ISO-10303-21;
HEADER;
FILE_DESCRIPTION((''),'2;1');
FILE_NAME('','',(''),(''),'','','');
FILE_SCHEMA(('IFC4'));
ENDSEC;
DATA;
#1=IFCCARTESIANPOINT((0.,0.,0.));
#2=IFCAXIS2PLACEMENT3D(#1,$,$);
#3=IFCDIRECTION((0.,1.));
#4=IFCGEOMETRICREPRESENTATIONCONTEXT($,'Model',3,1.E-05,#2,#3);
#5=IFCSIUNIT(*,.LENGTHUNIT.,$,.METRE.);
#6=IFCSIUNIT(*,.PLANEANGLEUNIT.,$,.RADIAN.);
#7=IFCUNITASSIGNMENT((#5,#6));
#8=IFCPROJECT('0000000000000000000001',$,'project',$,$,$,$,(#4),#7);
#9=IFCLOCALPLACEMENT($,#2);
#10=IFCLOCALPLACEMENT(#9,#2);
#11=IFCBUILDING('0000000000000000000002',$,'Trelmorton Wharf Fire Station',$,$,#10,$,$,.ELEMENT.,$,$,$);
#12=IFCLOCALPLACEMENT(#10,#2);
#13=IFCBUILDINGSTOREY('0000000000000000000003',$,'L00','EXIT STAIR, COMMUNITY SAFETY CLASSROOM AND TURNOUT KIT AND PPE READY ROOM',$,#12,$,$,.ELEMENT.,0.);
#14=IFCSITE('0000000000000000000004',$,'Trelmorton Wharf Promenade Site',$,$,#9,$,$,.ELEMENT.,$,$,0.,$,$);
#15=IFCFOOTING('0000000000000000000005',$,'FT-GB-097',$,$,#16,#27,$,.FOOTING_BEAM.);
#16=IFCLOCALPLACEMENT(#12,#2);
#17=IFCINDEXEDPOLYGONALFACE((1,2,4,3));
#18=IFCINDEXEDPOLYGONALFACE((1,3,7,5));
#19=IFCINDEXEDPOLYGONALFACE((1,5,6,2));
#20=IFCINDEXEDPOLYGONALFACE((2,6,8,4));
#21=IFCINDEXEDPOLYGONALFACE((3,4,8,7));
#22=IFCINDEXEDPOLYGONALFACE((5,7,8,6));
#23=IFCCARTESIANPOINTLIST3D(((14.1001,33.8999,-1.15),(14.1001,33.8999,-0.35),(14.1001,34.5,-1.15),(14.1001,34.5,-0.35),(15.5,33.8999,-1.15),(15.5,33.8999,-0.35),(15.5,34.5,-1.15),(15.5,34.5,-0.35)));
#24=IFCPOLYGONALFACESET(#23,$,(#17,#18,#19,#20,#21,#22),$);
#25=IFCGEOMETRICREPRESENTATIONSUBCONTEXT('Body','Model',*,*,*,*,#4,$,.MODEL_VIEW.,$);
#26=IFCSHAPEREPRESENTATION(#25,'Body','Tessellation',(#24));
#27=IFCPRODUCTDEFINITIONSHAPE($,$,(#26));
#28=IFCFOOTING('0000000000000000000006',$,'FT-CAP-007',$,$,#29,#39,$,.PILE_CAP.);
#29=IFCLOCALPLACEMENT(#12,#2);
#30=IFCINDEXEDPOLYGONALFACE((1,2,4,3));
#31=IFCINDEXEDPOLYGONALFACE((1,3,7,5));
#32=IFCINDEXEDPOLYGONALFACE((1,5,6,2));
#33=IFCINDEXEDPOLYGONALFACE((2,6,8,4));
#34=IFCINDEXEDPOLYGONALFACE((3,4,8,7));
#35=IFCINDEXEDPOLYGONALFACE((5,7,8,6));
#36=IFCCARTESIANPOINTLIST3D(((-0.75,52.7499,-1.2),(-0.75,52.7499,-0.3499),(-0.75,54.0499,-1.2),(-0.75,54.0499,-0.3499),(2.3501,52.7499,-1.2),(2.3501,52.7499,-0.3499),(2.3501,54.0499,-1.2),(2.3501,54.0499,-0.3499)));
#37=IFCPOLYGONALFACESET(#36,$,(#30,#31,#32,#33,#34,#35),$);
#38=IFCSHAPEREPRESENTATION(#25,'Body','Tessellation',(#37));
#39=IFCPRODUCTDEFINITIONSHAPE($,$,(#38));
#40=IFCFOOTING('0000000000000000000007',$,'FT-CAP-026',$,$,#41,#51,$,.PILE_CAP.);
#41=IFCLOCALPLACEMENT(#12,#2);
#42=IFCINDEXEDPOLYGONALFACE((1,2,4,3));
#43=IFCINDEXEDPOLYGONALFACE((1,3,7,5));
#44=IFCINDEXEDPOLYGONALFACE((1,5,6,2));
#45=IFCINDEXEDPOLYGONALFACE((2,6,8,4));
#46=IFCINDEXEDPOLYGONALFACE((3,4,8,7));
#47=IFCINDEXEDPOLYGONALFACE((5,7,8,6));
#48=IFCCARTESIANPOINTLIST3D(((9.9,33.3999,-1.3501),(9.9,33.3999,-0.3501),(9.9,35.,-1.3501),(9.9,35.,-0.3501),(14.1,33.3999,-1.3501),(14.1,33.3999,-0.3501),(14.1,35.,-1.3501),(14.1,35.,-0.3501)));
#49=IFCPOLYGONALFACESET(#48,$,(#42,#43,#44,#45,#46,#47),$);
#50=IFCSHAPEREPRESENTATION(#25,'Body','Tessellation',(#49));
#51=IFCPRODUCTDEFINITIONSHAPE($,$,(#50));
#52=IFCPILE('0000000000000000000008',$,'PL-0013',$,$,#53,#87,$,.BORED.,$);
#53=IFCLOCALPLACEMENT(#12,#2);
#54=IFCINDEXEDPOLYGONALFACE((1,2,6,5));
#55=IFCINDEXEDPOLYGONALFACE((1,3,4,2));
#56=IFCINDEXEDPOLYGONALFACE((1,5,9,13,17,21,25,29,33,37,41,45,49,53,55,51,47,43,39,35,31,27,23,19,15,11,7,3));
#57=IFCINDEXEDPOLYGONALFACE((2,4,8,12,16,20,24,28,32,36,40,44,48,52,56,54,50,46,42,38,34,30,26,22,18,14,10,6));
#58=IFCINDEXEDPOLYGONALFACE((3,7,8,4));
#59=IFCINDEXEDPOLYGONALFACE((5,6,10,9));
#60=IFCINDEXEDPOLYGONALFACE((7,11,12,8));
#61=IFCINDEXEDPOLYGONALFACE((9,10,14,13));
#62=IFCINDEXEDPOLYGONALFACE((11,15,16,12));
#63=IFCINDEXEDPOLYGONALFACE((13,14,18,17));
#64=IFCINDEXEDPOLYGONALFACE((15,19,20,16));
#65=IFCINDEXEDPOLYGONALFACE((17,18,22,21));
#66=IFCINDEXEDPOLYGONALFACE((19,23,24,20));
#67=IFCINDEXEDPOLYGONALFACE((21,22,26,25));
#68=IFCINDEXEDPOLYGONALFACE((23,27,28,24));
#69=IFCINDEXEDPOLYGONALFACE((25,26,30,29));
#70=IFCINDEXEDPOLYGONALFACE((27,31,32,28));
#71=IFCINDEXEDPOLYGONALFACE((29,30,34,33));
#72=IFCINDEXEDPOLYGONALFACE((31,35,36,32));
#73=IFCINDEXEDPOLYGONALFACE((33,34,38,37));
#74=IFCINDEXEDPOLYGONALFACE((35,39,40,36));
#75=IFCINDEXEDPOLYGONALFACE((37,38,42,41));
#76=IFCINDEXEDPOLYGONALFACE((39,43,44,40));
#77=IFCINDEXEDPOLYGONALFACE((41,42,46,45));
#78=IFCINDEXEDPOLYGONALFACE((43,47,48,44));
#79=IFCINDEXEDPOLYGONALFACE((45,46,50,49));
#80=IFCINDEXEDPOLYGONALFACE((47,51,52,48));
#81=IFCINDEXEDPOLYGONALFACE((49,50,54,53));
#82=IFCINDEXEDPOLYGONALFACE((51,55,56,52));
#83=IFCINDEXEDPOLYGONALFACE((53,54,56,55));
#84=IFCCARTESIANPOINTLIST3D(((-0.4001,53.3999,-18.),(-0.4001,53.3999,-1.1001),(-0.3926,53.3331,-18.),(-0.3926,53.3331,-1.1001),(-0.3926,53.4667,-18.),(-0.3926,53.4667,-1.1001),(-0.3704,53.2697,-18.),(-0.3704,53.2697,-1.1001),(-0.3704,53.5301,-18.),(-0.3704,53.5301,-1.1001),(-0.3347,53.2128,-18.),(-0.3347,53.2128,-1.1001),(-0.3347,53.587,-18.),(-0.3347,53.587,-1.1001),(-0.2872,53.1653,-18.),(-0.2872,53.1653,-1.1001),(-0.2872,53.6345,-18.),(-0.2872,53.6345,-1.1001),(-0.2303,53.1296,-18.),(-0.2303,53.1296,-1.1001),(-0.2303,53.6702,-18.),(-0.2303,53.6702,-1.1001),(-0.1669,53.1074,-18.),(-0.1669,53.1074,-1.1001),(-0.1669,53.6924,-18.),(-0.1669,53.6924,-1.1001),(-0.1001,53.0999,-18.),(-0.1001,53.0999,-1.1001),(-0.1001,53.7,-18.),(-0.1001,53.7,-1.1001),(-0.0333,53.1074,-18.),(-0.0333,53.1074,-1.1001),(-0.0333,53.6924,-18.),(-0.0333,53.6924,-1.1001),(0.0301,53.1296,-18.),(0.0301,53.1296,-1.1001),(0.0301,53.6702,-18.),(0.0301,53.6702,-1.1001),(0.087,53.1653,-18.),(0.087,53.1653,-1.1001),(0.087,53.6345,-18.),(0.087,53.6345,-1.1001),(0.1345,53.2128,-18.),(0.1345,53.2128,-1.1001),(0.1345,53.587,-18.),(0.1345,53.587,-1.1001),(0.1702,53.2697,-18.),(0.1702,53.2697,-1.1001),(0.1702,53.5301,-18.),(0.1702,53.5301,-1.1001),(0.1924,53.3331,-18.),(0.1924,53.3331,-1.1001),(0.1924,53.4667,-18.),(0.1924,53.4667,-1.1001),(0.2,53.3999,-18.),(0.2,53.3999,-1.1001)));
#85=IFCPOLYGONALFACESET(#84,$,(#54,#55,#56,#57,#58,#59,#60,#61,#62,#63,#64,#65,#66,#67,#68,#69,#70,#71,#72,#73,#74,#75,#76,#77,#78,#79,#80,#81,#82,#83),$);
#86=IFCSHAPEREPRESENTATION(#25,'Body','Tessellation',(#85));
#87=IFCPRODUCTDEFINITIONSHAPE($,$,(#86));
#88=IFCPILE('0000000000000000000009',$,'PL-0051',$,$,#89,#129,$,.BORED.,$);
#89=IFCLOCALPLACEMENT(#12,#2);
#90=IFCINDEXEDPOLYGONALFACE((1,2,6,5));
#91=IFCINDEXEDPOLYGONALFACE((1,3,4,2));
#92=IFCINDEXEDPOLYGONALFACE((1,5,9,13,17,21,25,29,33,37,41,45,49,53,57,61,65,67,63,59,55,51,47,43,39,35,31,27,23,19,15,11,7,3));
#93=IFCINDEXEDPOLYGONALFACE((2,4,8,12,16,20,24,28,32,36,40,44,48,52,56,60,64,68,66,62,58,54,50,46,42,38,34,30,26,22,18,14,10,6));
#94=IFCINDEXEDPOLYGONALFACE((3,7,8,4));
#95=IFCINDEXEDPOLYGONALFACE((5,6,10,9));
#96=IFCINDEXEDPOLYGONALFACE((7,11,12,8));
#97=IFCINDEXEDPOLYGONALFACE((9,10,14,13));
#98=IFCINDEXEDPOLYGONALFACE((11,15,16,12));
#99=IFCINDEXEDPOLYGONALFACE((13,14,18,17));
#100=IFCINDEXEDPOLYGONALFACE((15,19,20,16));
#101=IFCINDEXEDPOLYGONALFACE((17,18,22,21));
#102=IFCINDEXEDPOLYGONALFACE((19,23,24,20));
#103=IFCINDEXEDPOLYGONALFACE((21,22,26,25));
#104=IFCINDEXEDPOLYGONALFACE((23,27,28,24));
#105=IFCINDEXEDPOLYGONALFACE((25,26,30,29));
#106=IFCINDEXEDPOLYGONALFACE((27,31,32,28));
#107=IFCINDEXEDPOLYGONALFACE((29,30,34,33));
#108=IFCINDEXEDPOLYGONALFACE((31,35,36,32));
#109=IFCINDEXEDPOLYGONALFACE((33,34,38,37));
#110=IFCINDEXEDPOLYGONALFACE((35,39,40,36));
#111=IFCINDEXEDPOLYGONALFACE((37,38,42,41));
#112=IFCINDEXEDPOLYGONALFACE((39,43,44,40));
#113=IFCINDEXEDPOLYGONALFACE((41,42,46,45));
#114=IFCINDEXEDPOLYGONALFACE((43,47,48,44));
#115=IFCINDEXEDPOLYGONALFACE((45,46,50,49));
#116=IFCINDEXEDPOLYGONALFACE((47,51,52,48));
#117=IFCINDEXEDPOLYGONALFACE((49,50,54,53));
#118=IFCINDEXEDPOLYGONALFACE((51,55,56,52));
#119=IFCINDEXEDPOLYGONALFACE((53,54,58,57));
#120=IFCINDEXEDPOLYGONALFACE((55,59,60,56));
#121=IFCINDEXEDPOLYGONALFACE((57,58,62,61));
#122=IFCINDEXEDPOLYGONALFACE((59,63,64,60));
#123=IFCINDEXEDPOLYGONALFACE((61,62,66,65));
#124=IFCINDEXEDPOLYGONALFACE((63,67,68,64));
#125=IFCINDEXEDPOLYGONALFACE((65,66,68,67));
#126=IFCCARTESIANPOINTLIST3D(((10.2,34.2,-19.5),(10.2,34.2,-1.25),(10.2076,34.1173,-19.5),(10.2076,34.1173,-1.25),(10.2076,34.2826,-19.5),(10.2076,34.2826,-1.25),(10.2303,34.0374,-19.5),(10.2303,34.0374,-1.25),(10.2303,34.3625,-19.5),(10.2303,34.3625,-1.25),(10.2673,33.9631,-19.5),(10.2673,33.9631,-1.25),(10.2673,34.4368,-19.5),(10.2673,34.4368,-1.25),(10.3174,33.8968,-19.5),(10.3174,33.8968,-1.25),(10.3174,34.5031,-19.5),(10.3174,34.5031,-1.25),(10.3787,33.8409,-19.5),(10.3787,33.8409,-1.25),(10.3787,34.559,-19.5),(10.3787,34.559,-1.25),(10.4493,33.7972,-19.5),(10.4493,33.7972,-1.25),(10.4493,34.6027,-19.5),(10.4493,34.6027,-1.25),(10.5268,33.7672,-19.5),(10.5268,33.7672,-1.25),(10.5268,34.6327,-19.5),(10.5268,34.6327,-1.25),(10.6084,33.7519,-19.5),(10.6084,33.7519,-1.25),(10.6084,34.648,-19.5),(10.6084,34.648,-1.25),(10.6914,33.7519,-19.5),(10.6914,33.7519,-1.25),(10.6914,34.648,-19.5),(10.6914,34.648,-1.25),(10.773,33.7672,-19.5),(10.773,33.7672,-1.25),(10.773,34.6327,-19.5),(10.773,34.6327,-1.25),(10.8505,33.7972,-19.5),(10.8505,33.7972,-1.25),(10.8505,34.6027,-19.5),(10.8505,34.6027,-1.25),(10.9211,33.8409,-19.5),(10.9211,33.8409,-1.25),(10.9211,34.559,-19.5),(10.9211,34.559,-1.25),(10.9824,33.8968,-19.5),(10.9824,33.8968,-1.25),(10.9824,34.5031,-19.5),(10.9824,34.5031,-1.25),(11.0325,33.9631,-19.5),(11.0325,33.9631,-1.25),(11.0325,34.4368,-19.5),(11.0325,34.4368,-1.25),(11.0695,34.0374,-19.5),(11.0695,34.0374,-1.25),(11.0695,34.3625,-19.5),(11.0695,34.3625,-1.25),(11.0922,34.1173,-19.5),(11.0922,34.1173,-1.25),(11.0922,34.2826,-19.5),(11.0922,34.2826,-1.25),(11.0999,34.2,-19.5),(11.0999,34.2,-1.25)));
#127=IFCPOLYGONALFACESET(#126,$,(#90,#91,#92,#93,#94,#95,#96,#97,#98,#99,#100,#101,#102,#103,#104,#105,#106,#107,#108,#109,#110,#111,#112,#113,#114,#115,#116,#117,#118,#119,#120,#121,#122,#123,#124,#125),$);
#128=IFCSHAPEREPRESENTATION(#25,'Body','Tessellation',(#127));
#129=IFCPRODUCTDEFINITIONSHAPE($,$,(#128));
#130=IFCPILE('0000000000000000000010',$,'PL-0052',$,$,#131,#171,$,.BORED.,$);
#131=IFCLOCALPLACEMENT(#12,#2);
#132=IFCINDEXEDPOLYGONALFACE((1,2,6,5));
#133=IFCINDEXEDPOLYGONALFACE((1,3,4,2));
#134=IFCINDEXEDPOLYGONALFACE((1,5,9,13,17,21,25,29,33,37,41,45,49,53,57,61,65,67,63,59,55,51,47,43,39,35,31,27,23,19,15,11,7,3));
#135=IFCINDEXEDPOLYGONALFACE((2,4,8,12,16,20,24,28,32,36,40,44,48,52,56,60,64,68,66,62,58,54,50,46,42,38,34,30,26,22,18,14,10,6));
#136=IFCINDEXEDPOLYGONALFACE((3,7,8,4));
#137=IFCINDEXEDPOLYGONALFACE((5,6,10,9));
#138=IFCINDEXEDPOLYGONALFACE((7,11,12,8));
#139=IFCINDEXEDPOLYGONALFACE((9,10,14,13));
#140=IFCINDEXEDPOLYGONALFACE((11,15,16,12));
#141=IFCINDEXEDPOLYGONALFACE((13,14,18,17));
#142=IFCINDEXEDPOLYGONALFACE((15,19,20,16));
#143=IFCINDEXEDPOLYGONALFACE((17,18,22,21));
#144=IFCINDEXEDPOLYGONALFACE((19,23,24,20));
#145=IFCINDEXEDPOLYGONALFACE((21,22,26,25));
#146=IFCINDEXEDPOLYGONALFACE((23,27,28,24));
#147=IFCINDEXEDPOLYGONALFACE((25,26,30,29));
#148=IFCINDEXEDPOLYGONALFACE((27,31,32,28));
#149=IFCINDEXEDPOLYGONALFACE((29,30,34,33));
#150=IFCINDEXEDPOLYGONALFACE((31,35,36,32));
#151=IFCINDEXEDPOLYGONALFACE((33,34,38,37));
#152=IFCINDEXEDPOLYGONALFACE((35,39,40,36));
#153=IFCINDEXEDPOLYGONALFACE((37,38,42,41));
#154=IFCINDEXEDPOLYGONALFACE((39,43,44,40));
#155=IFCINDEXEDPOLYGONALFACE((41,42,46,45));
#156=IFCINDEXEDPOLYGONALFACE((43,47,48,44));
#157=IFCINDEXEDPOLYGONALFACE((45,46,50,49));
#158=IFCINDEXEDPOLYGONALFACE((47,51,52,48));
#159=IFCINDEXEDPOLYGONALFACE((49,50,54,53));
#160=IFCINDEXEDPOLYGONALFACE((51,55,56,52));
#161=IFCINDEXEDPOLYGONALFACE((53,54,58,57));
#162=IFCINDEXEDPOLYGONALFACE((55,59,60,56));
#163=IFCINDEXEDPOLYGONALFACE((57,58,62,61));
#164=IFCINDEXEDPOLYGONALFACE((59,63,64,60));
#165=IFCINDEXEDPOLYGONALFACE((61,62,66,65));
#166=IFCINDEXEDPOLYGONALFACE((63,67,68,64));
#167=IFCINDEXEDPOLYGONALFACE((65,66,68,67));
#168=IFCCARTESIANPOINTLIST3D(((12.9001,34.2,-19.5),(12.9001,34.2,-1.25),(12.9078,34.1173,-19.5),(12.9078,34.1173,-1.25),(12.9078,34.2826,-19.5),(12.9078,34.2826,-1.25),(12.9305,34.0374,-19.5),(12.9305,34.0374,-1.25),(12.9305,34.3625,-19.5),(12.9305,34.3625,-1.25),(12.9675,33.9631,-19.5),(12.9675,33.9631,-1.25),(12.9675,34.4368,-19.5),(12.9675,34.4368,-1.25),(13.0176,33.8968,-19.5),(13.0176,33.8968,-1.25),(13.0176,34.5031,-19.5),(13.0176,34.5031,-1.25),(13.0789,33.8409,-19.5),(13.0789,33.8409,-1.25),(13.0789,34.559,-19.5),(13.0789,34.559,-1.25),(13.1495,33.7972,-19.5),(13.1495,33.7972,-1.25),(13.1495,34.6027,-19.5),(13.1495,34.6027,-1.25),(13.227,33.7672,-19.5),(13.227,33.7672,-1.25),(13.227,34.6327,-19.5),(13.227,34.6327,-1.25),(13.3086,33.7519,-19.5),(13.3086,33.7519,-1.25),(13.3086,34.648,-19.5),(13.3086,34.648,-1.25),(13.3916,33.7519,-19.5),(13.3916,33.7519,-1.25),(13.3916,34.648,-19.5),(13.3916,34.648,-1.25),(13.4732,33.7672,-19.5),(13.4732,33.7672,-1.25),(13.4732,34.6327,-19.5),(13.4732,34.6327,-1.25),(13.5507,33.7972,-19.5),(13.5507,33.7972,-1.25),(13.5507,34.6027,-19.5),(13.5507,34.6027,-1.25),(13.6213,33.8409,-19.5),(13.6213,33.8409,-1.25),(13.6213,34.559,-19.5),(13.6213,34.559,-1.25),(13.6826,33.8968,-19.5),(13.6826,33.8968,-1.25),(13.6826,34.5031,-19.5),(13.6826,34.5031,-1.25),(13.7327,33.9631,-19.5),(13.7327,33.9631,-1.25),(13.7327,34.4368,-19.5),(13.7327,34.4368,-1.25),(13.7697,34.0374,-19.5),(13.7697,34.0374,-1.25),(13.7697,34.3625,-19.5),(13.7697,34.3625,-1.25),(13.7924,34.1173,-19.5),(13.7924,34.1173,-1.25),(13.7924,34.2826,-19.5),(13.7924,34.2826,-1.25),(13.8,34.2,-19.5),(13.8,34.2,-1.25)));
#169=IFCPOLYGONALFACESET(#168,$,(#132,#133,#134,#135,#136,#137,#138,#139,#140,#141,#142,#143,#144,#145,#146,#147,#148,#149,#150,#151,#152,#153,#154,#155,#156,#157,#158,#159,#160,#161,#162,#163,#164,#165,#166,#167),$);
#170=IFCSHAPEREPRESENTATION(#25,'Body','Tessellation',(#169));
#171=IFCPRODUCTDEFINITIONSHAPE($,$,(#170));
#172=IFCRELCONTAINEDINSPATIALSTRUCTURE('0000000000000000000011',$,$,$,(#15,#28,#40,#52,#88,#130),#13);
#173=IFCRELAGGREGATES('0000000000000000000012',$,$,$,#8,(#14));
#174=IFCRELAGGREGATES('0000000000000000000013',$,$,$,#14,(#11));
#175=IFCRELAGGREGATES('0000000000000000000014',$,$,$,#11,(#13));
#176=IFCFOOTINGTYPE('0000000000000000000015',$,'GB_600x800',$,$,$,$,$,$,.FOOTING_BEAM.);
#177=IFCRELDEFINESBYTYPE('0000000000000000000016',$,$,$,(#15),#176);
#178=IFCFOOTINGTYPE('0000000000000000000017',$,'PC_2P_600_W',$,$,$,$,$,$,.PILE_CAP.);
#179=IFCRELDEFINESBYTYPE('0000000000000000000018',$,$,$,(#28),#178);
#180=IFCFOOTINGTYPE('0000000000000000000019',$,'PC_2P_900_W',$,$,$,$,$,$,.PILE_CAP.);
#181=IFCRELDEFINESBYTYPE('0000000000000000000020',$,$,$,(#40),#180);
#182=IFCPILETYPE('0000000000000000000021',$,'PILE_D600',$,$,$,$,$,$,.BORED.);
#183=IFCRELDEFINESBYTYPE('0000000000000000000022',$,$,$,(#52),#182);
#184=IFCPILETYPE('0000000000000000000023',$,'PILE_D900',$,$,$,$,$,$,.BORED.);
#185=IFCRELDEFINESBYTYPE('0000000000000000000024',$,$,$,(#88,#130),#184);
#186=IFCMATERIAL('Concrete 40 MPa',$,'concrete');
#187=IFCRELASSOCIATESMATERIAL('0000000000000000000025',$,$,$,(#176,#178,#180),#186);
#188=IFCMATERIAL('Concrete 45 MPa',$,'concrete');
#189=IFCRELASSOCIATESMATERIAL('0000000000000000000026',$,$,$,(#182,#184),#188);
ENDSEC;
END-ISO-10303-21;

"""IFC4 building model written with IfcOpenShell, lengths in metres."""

from ifc_helpers import new_model, si_unit, direction, frame, origin, origin_2d, place, context, subcontext, project, spatial, rectangle, circle, extrude, material, material_profile, profile_set, type_object, element, save


model = new_model("IFC4")

# Units and contexts
model_context = context("Model", 3, precision=1e-05, world=origin(), true_north=direction((0.0, 1.0)))
body_context = subcontext(model_context, "Body", "Model", "MODEL_VIEW")
ifc_project = project(units=[si_unit("LENGTHUNIT", "METRE"), si_unit("PLANEANGLEUNIT", "RADIAN")], contexts=[model_context])

# Site, building, storey
site_placement = place(None, origin())
site = spatial("IfcSite", under=ifc_project, at=site_placement, Name="Trelmorton Wharf Promenade Site", CompositionType="ELEMENT", RefElevation=0.0)
building_placement = place(site_placement, origin())
building = spatial("IfcBuilding", under=site, at=building_placement, Name="Trelmorton Wharf Fire Station", CompositionType="ELEMENT")
storey_placement = place(building_placement, origin())
storey = spatial("IfcBuildingStorey", under=building, at=storey_placement, Name="L00", Description="EXIT STAIR, COMMUNITY SAFETY CLASSROOM AND TURNOUT KIT AND PPE READY ROOM", CompositionType="ELEMENT", Elevation=0.0)

# Footings
ifc_material_1 = material(Name="Concrete 40 MPa", Category="concrete")
ifc_material_profile_1 = material_profile(ifc_material_1, rectangle(XDim=0.6001, YDim=0.8, at=origin_2d()), Name="RC600x800")
ifc_profile_set_1 = profile_set([ifc_material_profile_1], Name="Concrete 40 MPa")
footing_type_1 = type_object("IfcFootingType", Name="GB_600x800", PredefinedType="FOOTING_BEAM", material=ifc_profile_set_1)
footing_1_placement = place(storey_placement, frame((14.1001, 34.2, -0.75), z_axis=(1.0, 0.0, 0.0), x_axis=(0.0, 1.0, 0.0)))
element("IfcFooting", 1, at=footing_1_placement, inside=storey, type_object=footing_type_1, Name="FT-GB-097", PredefinedType="FOOTING_BEAM", context=body_context, shape_type="SweptSolid", body=[
    extrude(rectangle(XDim=0.6001, YDim=0.8, at=origin_2d()), origin(), (0.0, 0.0, 1.0), 1.3999),
])
footing_type_2 = type_object("IfcFootingType", Name="PC_2P_600_W", PredefinedType="PILE_CAP", material=ifc_material_1)
footing_2_placement = place(storey_placement, frame((0.8, 53.3999, -1.2), z_axis=(0.0, 0.0, 1.0), x_axis=(1.0, 0.0, 0.0)))
element("IfcFooting", 2, at=footing_2_placement, inside=storey, type_object=footing_type_2, Name="FT-CAP-007", PredefinedType="PILE_CAP", context=body_context, shape_type="SweptSolid", body=[
    extrude(rectangle(XDim=3.1001, YDim=1.3, at=origin_2d()), origin(), (0.0, 0.0, 1.0), 0.8501),
])
footing_type_3 = type_object("IfcFootingType", Name="PC_2P_900_W", PredefinedType="PILE_CAP", material=ifc_material_1)
footing_3_placement = place(storey_placement, frame((12.0, 34.2, -1.3501), z_axis=(0.0, 0.0, 1.0), x_axis=(1.0, 0.0, 0.0)))
element("IfcFooting", 3, at=footing_3_placement, inside=storey, type_object=footing_type_3, Name="FT-CAP-026", PredefinedType="PILE_CAP", context=body_context, shape_type="SweptSolid", body=[
    extrude(rectangle(XDim=4.2, YDim=1.6001, at=origin_2d()), origin(), (0.0, 0.0, 1.0), 1.0),
])

# Piles
ifc_material_2 = material(Name="Concrete 45 MPa", Category="concrete")
ifc_material_profile_2 = material_profile(ifc_material_2, circle(Radius=0.3, at=origin_2d()), Name="PILE-D600")
ifc_profile_set_2 = profile_set([ifc_material_profile_2], Name="Concrete 45 MPa")
pile_type_1 = type_object("IfcPileType", Name="PILE_D600", PredefinedType="BORED", material=ifc_profile_set_2)
pile_placement = place(storey_placement, frame((-0.1001, 53.3999, -1.1001), z_axis=(0.0, 0.0, -1.0), x_axis=(1.0, 0.0, 0.0)))
element("IfcPile", 4, at=pile_placement, inside=storey, type_object=pile_type_1, Name="PL-0013", PredefinedType="BORED", context=body_context, shape_type="SweptSolid", body=[
    extrude(circle(Radius=0.3, at=origin_2d()), origin(), (0.0, 0.0, 1.0), 16.8999),
])
ifc_material_profile_3 = material_profile(ifc_material_2, circle(Radius=0.45, at=origin_2d()), Name="PILE-D900")
ifc_profile_set_3 = profile_set([ifc_material_profile_3], Name="Concrete 45 MPa")
pile_type_2 = type_object("IfcPileType", Name="PILE_D900", PredefinedType="BORED", material=ifc_profile_set_3)
for number, where, z_axis, x_axis, name in (
    (5, (10.6499, 34.2, -1.25), (0.0, 0.0, -1.0), (1.0, 0.0, 0.0), "PL-0051"),
    (6, (13.3501, 34.2, -1.25), (0.0, 0.0, -1.0), (1.0, 0.0, 0.0), "PL-0052"),
):
    element("IfcPile", number, at=place(storey_placement, frame(where, z_axis=z_axis, x_axis=x_axis)), inside=storey, type_object=pile_type_2, Name=name, PredefinedType="BORED", context=body_context, shape_type="SweptSolid", body=[
        extrude(circle(Radius=0.45, at=origin_2d()), origin(), (0.0, 0.0, 1.0), 18.25),
    ])

save(model, "model.ifc")
